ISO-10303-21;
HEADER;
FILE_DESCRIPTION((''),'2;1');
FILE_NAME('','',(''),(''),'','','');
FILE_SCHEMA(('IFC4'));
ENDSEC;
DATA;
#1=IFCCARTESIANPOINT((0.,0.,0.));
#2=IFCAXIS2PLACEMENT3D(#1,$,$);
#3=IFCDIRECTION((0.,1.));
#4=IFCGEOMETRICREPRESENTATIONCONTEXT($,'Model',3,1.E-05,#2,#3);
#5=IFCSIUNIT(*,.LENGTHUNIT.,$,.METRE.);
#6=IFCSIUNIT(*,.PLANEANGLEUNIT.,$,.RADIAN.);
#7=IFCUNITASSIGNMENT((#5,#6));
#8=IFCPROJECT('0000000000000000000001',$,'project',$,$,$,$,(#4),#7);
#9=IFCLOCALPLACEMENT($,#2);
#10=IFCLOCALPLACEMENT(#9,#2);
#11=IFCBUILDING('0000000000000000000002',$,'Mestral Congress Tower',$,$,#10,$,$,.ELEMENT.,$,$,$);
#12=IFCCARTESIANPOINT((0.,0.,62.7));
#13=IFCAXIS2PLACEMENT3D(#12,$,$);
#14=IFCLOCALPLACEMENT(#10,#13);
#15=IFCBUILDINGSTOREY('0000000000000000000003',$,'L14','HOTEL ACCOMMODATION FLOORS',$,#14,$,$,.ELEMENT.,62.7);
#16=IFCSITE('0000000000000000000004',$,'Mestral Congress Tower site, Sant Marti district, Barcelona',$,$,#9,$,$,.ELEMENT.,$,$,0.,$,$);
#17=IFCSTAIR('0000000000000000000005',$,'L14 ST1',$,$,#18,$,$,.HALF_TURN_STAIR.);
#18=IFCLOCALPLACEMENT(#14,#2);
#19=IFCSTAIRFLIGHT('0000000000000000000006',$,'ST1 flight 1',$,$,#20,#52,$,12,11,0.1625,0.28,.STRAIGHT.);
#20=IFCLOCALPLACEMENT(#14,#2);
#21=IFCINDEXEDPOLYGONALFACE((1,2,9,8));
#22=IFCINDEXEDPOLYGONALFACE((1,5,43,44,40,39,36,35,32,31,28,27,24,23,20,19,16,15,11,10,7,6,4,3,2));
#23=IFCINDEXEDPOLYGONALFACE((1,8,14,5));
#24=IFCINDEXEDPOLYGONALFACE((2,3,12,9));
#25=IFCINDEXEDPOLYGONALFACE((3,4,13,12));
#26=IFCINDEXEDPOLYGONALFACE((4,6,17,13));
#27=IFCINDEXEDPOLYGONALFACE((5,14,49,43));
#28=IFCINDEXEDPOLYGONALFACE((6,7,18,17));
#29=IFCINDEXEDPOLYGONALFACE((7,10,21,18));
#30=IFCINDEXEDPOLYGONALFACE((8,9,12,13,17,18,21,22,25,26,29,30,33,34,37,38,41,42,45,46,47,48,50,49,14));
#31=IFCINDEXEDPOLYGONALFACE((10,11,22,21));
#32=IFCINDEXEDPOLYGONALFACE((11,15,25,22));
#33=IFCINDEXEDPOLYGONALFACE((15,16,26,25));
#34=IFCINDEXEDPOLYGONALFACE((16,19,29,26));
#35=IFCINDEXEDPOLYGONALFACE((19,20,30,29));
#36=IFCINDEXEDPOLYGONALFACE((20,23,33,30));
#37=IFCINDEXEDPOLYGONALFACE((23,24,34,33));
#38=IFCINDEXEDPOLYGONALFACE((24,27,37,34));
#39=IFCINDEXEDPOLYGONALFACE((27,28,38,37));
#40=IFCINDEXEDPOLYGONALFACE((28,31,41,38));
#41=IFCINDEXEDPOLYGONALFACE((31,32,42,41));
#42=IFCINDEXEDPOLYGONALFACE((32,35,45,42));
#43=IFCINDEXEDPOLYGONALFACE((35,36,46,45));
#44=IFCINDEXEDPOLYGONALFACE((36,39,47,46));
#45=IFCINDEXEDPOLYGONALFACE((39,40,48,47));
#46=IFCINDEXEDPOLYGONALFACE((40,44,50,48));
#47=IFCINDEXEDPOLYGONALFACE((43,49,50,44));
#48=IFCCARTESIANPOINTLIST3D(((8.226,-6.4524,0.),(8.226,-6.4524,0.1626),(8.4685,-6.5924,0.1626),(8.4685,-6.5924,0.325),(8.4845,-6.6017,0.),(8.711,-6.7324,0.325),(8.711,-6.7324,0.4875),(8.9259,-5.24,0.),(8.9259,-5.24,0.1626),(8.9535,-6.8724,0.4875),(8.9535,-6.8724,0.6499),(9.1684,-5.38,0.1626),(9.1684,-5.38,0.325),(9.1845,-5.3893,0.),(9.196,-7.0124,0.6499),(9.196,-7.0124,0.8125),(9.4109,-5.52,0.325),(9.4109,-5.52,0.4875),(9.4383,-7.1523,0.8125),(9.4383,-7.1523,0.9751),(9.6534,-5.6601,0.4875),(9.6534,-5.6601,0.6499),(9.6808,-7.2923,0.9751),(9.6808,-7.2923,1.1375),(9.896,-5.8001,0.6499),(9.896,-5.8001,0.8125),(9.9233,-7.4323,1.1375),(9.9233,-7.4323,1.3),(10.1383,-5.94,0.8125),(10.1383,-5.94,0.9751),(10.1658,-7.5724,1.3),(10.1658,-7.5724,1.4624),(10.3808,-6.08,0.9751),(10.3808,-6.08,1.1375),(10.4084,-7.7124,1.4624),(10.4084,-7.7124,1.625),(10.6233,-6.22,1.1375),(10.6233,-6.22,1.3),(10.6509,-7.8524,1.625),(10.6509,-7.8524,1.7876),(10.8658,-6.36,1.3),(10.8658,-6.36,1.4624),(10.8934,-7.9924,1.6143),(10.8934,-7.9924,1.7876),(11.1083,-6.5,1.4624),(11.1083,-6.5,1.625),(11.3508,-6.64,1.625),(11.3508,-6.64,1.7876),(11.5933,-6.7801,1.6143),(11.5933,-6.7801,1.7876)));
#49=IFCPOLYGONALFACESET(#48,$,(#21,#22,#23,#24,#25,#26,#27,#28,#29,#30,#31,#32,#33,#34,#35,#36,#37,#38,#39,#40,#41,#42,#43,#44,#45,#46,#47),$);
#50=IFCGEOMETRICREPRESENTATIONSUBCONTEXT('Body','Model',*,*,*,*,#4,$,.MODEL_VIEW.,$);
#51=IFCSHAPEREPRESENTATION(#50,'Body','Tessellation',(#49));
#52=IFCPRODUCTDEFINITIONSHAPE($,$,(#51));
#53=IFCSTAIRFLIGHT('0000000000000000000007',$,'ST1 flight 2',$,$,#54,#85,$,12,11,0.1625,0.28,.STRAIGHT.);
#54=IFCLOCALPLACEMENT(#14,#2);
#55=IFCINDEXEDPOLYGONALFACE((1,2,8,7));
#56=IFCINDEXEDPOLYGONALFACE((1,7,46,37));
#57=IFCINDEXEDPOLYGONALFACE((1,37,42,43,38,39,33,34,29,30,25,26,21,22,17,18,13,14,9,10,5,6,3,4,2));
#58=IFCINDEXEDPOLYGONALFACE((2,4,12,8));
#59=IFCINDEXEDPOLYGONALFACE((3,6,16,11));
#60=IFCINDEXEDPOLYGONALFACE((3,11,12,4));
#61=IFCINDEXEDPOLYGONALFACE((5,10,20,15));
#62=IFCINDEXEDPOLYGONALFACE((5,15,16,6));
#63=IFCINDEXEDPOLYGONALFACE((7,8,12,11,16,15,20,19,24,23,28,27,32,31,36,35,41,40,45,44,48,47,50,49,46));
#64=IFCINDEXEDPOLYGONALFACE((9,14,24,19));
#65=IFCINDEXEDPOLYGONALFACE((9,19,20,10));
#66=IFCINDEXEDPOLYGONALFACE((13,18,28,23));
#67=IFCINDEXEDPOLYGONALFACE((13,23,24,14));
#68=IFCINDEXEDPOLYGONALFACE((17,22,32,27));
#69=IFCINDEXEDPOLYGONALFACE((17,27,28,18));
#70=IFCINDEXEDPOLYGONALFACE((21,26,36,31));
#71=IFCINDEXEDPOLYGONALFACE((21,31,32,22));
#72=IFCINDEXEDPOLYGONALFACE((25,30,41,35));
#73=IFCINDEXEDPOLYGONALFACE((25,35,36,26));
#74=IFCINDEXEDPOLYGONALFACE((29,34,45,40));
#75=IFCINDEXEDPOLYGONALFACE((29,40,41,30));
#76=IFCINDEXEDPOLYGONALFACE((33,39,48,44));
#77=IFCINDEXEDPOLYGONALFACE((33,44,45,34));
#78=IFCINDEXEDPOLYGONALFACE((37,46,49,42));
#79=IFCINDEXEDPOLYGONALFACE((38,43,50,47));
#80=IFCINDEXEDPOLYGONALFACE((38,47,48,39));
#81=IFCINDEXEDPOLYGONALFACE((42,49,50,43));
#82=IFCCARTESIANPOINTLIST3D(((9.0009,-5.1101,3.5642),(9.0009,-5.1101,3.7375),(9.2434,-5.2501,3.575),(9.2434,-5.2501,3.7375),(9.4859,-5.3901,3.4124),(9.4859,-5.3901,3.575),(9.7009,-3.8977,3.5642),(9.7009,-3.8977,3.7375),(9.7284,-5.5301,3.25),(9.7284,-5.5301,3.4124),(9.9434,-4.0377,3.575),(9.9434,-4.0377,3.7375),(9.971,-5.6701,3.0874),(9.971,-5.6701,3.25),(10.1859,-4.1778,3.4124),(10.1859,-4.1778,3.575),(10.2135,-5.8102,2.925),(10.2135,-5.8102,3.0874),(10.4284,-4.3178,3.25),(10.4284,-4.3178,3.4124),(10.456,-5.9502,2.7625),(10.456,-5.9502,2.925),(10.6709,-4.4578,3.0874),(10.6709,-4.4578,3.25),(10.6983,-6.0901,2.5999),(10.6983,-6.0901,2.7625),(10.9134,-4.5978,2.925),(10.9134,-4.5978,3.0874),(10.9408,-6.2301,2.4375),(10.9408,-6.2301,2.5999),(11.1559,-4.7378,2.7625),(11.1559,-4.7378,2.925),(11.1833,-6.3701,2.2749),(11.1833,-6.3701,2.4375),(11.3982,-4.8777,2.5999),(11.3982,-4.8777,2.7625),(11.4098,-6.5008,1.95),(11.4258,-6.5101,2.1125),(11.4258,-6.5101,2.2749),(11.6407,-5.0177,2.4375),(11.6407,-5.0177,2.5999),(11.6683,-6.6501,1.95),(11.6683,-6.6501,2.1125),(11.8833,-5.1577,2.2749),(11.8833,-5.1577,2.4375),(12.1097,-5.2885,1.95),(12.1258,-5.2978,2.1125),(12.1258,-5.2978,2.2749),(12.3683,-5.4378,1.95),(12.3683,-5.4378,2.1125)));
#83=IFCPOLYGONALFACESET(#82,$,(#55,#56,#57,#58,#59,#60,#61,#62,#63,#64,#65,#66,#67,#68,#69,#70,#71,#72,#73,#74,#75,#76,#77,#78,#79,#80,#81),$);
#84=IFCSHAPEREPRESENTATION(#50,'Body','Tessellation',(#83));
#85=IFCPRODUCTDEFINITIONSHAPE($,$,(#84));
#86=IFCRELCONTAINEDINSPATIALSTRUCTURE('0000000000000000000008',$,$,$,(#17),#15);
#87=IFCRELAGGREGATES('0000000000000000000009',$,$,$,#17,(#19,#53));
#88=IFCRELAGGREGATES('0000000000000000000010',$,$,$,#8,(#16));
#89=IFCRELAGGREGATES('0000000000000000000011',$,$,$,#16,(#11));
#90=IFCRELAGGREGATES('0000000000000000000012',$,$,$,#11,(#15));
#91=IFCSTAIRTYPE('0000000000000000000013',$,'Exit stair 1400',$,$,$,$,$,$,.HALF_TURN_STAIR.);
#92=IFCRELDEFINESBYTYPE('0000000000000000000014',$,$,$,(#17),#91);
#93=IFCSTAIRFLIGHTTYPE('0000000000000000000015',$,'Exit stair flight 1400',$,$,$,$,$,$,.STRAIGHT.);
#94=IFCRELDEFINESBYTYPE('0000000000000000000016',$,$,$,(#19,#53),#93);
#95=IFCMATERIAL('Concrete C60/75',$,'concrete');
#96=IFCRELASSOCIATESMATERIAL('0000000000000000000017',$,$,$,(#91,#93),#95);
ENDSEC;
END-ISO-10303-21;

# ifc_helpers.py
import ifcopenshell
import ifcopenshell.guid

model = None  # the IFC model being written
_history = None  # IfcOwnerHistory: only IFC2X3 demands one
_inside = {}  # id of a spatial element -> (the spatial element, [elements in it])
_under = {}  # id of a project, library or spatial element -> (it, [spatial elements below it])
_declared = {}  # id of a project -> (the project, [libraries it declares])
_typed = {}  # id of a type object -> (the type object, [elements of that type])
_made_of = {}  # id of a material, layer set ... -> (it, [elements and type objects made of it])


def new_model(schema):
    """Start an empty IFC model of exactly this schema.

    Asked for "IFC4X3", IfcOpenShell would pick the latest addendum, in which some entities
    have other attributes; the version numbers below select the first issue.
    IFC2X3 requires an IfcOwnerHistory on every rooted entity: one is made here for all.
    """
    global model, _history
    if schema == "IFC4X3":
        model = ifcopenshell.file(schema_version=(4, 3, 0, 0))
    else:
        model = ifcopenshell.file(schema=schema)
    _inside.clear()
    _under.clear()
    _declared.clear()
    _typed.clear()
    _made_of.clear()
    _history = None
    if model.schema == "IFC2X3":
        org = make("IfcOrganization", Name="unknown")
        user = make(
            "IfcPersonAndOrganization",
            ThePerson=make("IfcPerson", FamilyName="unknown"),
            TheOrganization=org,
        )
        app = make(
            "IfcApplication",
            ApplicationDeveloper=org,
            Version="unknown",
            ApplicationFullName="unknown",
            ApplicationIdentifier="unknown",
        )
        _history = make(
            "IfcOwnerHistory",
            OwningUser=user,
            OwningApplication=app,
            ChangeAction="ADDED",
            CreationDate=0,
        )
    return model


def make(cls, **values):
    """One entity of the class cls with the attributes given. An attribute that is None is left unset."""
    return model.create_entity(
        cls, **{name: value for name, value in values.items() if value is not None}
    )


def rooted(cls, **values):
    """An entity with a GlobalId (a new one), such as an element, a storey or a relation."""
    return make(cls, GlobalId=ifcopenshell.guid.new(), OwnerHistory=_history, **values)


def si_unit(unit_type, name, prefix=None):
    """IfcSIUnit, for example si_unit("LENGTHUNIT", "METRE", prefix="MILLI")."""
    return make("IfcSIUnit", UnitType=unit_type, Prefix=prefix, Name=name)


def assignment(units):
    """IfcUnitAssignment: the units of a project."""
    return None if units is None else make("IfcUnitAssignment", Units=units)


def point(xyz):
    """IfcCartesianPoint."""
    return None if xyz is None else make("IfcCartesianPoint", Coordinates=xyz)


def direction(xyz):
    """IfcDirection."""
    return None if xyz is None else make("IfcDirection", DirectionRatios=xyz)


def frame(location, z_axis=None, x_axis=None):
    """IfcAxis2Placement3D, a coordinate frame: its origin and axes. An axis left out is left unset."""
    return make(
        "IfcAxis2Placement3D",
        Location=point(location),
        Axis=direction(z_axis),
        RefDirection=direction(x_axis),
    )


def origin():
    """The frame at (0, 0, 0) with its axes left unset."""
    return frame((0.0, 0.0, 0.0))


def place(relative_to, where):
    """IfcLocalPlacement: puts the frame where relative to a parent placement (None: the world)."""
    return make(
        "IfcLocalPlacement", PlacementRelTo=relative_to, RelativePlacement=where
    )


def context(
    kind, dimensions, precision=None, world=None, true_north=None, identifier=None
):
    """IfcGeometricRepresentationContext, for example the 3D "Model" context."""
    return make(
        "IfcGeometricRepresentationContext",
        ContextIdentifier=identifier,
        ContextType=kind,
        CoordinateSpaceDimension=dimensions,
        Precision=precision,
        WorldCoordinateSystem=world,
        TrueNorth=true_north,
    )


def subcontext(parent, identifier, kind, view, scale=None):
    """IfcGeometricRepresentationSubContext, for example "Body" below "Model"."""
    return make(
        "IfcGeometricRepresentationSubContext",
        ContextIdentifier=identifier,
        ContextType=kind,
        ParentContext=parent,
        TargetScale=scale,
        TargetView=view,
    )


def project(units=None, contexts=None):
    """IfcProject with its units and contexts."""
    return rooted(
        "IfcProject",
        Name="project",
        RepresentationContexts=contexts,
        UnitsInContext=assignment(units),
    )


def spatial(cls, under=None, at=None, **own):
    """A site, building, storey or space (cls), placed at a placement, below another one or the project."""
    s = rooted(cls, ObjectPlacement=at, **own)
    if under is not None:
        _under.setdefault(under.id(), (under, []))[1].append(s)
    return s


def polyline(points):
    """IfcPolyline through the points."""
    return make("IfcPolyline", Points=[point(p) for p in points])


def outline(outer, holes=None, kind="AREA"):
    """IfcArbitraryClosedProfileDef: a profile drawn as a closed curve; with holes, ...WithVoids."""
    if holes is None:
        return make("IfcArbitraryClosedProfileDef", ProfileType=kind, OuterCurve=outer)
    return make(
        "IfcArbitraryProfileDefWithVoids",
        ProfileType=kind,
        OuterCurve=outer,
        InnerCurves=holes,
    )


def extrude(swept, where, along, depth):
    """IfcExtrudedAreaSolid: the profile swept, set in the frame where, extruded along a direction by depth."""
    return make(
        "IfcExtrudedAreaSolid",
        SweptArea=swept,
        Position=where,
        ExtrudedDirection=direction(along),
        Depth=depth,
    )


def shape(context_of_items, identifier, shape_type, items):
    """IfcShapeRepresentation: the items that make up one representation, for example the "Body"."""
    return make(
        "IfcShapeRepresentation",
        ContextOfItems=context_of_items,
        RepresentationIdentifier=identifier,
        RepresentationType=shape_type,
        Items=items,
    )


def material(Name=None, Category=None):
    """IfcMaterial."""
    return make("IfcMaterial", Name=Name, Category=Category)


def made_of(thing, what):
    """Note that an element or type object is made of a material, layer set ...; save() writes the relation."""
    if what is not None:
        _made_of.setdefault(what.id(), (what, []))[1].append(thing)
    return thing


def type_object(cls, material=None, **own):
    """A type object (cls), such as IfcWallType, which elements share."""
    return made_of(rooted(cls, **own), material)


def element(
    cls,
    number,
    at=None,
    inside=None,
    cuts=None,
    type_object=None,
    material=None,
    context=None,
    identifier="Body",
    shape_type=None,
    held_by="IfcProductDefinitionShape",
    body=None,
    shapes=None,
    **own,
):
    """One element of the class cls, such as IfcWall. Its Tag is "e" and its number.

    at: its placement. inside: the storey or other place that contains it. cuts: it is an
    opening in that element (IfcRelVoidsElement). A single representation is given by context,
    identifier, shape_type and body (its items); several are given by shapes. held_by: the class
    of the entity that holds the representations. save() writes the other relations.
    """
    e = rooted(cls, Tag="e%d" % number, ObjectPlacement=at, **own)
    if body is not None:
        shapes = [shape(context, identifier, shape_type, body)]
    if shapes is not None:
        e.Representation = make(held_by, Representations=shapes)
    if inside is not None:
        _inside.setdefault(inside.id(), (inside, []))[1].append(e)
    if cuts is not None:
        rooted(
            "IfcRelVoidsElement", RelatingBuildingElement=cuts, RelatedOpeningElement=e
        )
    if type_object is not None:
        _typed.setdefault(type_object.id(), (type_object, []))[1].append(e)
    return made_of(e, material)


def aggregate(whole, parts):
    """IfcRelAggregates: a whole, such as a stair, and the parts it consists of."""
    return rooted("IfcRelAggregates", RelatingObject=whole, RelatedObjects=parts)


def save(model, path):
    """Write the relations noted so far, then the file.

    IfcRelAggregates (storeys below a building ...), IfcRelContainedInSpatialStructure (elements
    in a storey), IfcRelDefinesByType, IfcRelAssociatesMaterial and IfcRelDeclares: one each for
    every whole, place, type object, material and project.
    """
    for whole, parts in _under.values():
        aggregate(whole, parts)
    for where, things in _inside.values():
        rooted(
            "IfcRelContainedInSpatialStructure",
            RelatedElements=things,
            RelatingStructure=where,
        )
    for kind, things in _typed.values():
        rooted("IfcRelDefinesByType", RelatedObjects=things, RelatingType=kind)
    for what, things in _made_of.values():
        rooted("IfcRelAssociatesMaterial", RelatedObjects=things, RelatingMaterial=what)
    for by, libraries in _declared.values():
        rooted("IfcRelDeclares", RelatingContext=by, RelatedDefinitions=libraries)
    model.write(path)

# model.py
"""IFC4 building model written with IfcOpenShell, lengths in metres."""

from ifc_helpers import new_model, si_unit, direction, frame, origin, place, context, subcontext, project, spatial, polyline, outline, extrude, material, type_object, element, aggregate, save


model = new_model("IFC4")

# Units and contexts
model_context = context("Model", 3, precision=1e-05, world=origin(), true_north=direction((0.0, 1.0)))
body_context = subcontext(model_context, "Body", "Model", "MODEL_VIEW")
ifc_project = project(units=[si_unit("LENGTHUNIT", "METRE"), si_unit("PLANEANGLEUNIT", "RADIAN")], contexts=[model_context])

# Site, building, storey
site_placement = place(None, origin())
site = spatial("IfcSite", under=ifc_project, at=site_placement, Name="Mestral Congress Tower site, Sant Marti district, Barcelona", CompositionType="ELEMENT", RefElevation=0.0)
building_placement = place(site_placement, origin())
building = spatial("IfcBuilding", under=site, at=building_placement, Name="Mestral Congress Tower", CompositionType="ELEMENT")
storey_placement = place(building_placement, frame((0.0, 0.0, 62.7)))
storey = spatial("IfcBuildingStorey", under=building, at=storey_placement, Name="L14", Description="HOTEL ACCOMMODATION FLOORS", CompositionType="ELEMENT", Elevation=62.7)

# Shared definitions
ifc_material_1 = material(Name="Concrete C60/75", Category="concrete")

# Stair, stair flights
stair_type = type_object("IfcStairType", Name="Exit stair 1400", PredefinedType="HALF_TURN_STAIR", material=ifc_material_1)
stair_placement = place(storey_placement, origin())
stair = element("IfcStair", 1, at=stair_placement, inside=storey, type_object=stair_type, Name="L14 ST1", PredefinedType="HALF_TURN_STAIR")
stair_flight_type = type_object("IfcStairFlightType", Name="Exit stair flight 1400", PredefinedType="STRAIGHT", material=ifc_material_1)
stair_flight_1_placement = place(storey_placement, frame((8.5759, -5.8462, 0.0), z_axis=(0.0, 0.0, 1.0), x_axis=(0.866025, -0.5, 0.0)))
stair_flight_1 = element("IfcStairFlight", 2, at=stair_flight_1_placement, type_object=stair_flight_type, Name="ST1 flight 1", NumberOfRisers=12, NumberOfTreads=11, PredefinedType="STRAIGHT", RiserHeight=0.1625, TreadLength=0.28, context=body_context, shape_type="SweptSolid", body=[
    extrude(outline(polyline([(0.0, 0.0), (0.0, 0.1626), (0.28, 0.1626), (0.28, 0.325), (0.5601, 0.325), (0.5601, 0.4875), (0.8401, 0.4875), (0.8401, 0.6499), (1.1201, 0.6499), (1.1201, 0.8125), (1.3999, 0.8125), (1.3999, 0.9751), (1.6799, 0.9751), (1.6799, 1.1375), (1.96, 1.1375), (1.96, 1.3), (2.24, 1.3), (2.24, 1.4624), (2.52, 1.4624), (2.52, 1.625), (2.8, 1.625), (2.8, 1.7876), (3.0801, 1.7876), (3.0801, 1.95), (3.0801, 1.6143), (0.2986, 0.0), (0.0, 0.0)])), frame((0.0, 0.7, 0.0), z_axis=(0.0, -1.0, 0.0), x_axis=(1.0, 0.0, 0.0)), (0.0, 0.0, 1.0), 1.3999),
])
stair_flight_2_placement = place(storey_placement, frame((12.0183, -6.0439, 1.95), z_axis=(0.0, 0.0, 1.0), x_axis=(-0.866025, 0.5, 0.0)))
stair_flight_2 = element("IfcStairFlight", 3, at=stair_flight_2_placement, type_object=stair_flight_type, Name="ST1 flight 2", NumberOfRisers=12, NumberOfTreads=11, PredefinedType="STRAIGHT", RiserHeight=0.1625, TreadLength=0.28, context=body_context, shape_type="SweptSolid", body=[
    extrude(outline(polyline([(0.0, 0.0), (0.0, 0.1626), (0.28, 0.1626), (0.28, 0.325), (0.5601, 0.325), (0.5601, 0.4875), (0.8401, 0.4875), (0.8401, 0.6499), (1.1201, 0.6499), (1.1201, 0.8125), (1.3999, 0.8125), (1.3999, 0.9751), (1.6799, 0.9751), (1.6799, 1.1375), (1.96, 1.1375), (1.96, 1.3), (2.24, 1.3), (2.24, 1.4624), (2.52, 1.4624), (2.52, 1.625), (2.8, 1.625), (2.8, 1.7876), (3.0801, 1.7876), (3.0801, 1.95), (3.0801, 1.6143), (0.2986, 0.0), (0.0, 0.0)])), frame((0.0, 0.7, 0.0), z_axis=(0.0, -1.0, 0.0), x_axis=(1.0, 0.0, 0.0)), (0.0, 0.0, 1.0), 1.3999),
])
aggregate(stair, [stair_flight_1, stair_flight_2])

save(model, "model.ifc")
